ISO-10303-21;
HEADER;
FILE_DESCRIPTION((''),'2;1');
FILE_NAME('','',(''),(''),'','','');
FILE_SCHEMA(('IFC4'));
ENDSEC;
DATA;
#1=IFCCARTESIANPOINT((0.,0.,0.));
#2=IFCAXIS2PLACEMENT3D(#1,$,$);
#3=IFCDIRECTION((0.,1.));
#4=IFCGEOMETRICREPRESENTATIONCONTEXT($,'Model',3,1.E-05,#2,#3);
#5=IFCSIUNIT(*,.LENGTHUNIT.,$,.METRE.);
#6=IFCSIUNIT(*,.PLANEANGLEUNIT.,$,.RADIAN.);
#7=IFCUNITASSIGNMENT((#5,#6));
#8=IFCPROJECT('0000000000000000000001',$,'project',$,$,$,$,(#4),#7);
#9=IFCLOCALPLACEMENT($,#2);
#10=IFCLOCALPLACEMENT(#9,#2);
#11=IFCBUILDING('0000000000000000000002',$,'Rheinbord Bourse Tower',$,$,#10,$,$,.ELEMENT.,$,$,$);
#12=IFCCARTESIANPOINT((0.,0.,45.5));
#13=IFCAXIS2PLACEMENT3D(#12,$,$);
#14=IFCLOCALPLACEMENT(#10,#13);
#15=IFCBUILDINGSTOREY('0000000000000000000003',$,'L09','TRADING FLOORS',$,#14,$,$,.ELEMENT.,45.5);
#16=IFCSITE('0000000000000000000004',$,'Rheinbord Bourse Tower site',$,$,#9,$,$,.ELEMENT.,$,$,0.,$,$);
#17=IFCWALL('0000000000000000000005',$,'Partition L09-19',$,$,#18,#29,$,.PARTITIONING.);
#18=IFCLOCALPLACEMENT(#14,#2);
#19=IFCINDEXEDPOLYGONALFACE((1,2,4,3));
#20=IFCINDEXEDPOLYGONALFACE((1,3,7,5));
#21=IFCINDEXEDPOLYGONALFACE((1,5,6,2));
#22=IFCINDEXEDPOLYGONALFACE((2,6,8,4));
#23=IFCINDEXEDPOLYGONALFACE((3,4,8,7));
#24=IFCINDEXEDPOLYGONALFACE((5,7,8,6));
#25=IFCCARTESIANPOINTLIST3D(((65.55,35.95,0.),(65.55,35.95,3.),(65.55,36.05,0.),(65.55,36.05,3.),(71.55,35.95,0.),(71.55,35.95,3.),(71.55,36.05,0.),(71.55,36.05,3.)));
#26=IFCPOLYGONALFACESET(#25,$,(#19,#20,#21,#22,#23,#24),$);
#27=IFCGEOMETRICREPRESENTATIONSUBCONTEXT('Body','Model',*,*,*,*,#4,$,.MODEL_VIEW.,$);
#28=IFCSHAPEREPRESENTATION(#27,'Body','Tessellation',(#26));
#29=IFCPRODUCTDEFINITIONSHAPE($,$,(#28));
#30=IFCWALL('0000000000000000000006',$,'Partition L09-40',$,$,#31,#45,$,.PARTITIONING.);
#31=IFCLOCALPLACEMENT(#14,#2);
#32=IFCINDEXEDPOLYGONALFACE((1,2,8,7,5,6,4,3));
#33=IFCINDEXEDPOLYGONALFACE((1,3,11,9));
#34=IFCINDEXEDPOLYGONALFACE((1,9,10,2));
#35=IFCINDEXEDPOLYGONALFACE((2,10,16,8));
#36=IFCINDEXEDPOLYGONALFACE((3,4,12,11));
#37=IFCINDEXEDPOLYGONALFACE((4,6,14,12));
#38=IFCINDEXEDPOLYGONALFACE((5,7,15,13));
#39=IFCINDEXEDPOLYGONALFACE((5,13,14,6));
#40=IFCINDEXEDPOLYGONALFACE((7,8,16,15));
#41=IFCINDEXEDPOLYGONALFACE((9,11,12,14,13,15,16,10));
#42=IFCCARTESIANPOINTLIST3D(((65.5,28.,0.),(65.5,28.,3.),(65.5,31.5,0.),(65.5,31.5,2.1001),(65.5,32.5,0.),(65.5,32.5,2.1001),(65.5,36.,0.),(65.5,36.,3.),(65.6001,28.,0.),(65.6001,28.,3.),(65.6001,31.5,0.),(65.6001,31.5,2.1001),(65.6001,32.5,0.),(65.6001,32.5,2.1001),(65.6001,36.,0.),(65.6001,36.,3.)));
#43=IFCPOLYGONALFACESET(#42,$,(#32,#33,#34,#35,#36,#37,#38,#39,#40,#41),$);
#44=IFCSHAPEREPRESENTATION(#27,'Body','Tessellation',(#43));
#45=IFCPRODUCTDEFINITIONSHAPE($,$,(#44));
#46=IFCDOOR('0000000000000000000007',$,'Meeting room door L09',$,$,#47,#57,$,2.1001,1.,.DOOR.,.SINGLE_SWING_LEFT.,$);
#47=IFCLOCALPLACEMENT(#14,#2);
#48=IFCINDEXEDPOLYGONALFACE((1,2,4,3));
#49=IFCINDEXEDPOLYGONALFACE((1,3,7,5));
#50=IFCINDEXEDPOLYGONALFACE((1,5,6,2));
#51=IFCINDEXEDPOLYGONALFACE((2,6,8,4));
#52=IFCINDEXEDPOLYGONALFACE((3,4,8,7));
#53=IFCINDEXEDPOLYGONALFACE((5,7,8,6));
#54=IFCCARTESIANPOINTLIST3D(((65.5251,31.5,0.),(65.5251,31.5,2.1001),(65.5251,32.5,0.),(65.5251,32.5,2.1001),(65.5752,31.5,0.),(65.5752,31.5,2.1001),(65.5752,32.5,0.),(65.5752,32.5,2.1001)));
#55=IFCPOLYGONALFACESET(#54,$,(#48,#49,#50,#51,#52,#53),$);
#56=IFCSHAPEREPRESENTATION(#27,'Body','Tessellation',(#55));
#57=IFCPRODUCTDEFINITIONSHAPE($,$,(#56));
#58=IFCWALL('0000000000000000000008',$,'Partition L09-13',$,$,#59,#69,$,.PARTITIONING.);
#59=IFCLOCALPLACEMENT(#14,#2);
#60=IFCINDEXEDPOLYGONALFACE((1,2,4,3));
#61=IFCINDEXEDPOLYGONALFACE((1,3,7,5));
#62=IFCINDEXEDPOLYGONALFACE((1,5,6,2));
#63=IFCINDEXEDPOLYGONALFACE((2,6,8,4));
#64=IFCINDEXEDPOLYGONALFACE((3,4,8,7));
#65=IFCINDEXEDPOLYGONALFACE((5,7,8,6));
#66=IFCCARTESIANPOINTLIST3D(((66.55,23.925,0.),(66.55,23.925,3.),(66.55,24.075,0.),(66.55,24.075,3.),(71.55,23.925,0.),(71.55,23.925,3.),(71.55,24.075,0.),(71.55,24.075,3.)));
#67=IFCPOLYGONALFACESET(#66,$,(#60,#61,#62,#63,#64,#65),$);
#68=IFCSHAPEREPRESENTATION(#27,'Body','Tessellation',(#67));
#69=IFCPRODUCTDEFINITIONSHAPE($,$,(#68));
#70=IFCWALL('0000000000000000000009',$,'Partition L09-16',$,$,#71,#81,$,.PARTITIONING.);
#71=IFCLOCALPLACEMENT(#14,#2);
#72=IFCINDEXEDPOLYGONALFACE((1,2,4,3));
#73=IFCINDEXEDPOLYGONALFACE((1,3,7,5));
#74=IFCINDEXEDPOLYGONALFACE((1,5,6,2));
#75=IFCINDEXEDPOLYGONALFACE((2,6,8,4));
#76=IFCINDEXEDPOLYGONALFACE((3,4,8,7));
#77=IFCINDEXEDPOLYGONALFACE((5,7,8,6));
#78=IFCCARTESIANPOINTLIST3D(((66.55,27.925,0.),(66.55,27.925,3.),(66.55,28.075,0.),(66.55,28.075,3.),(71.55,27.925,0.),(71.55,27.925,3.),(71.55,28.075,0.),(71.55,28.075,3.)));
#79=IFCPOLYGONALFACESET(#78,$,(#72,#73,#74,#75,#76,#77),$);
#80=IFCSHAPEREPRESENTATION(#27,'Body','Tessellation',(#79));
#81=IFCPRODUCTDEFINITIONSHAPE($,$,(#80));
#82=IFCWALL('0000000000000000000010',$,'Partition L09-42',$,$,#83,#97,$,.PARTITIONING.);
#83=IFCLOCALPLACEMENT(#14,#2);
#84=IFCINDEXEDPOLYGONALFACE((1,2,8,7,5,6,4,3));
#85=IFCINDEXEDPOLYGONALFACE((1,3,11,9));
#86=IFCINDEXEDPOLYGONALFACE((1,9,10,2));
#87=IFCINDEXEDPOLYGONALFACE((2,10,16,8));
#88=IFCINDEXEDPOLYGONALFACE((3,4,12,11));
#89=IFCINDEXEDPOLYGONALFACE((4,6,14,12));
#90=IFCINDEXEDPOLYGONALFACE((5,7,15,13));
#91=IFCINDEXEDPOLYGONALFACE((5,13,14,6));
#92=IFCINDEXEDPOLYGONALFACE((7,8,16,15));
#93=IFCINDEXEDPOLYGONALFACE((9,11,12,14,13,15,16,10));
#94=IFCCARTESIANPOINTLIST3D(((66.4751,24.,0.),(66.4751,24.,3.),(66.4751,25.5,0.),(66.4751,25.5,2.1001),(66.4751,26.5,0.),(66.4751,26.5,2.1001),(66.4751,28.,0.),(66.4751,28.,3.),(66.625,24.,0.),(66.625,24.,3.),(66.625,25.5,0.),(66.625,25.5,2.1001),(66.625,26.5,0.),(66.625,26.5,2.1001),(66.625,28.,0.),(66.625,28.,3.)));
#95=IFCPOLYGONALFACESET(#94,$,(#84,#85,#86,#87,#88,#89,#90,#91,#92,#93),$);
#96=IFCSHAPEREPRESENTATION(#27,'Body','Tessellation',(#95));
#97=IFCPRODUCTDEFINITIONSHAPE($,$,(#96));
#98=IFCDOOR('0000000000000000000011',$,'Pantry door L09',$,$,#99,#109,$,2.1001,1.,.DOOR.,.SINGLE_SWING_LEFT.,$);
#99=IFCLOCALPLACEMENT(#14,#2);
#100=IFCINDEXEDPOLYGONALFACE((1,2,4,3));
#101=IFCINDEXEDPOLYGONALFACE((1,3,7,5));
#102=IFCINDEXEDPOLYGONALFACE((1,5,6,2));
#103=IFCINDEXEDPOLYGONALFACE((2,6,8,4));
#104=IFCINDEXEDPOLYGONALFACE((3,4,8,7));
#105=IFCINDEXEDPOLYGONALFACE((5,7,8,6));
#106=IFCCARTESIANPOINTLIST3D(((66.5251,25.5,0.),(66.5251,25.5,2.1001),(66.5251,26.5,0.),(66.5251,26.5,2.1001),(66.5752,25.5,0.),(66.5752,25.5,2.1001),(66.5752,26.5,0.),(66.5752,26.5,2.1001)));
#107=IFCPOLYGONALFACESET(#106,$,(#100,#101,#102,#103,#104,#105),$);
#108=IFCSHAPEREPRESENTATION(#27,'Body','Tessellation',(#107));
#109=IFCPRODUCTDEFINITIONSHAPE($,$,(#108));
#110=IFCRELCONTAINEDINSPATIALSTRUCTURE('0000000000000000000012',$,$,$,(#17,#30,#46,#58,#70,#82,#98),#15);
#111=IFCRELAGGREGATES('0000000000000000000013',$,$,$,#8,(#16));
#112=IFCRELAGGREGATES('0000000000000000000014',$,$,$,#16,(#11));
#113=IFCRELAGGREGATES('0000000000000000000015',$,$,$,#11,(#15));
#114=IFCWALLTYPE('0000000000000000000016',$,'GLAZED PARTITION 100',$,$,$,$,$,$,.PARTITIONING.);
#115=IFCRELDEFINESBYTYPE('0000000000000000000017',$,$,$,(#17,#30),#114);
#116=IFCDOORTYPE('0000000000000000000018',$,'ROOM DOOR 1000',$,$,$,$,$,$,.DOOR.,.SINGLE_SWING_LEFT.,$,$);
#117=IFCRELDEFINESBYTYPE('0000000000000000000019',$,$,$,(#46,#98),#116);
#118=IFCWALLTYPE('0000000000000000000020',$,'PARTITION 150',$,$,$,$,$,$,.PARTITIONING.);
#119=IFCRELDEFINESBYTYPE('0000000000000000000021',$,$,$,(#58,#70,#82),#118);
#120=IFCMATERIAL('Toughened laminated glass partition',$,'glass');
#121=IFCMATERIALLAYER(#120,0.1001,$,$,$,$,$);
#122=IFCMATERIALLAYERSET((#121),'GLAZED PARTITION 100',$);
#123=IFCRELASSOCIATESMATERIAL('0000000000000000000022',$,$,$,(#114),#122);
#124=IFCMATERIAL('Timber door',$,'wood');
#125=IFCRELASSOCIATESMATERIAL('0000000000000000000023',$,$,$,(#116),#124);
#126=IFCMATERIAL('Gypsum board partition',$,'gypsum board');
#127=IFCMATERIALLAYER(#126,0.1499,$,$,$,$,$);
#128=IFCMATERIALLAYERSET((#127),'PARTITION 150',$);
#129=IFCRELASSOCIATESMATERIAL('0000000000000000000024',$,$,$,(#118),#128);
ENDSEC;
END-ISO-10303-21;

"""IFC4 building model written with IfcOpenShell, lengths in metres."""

from ifc_helpers import new_model, si_unit, direction, frame, frame_2d, origin, place, context, subcontext, project, spatial, rectangle, extrude, material, layer, layer_set, type_object, element, fill, save


model = new_model("IFC4")

# Units and contexts
model_context = context("Model", 3, precision=1e-05, world=origin(), true_north=direction((0.0, 1.0)))
body_context = subcontext(model_context, "Body", "Model", "MODEL_VIEW")
ifc_project = project(units=[si_unit("LENGTHUNIT", "METRE"), si_unit("PLANEANGLEUNIT", "RADIAN")], contexts=[model_context])

# Site, building, storey
site_placement = place(None, origin())
site = spatial("IfcSite", under=ifc_project, at=site_placement, Name="Rheinbord Bourse Tower site", CompositionType="ELEMENT", RefElevation=0.0)
building_placement = place(site_placement, origin())
building = spatial("IfcBuilding", under=site, at=building_placement, Name="Rheinbord Bourse Tower", CompositionType="ELEMENT")
storey_placement = place(building_placement, frame((0.0, 0.0, 45.5)))
storey = spatial("IfcBuildingStorey", under=building, at=storey_placement, Name="L09", Description="TRADING FLOORS", CompositionType="ELEMENT", Elevation=45.5)

# Wall
ifc_material_1 = material(Name="Toughened laminated glass partition", Category="glass")
ifc_layer_1 = layer(ifc_material_1, 0.1001)
ifc_layer_set_1 = layer_set([ifc_layer_1], Name="GLAZED PARTITION 100")
wall_type_1 = type_object("IfcWallType", Name="GLAZED PARTITION 100", PredefinedType="PARTITIONING", material=ifc_layer_set_1)
wall_1_placement = place(storey_placement, frame((65.55, 36.0, 0.0), z_axis=(0.0, 0.0, 1.0), x_axis=(1.0, 0.0, 0.0)))
element("IfcWall", 1, at=wall_1_placement, inside=storey, type_object=wall_type_1, Name="Partition L09-19", PredefinedType="PARTITIONING", context=body_context, shape_type="SweptSolid", body=[
    extrude(rectangle(XDim=6.0, YDim=0.1001, at=frame_2d((3.0, 0.0))), origin(), (0.0, 0.0, 1.0), 3.0),
])

# Wall, opening, door
wall_2_placement = place(storey_placement, frame((65.55, 28.0, 0.0), z_axis=(0.0, 0.0, 1.0), x_axis=(0.0, 1.0, 0.0)))
wall_2 = element("IfcWall", 2, at=wall_2_placement, inside=storey, type_object=wall_type_1, Name="Partition L09-40", PredefinedType="PARTITIONING", context=body_context, shape_type="SweptSolid", body=[
    extrude(rectangle(XDim=8.0, YDim=0.1001, at=frame_2d((4.0, 0.0))), origin(), (0.0, 0.0, 1.0), 3.0),
])
opening_1_placement = place(wall_2_placement, frame((3.5, 0.0, 0.0)))
opening_1 = element("IfcOpeningElement", 3, at=opening_1_placement, cuts=wall_2, PredefinedType="OPENING", context=body_context, shape_type="SweptSolid", body=[
    extrude(rectangle(XDim=1.0, YDim=2.1001, at=frame_2d((0.5, 1.05))), frame((0.0, 0.0601, 0.0), z_axis=(0.0, -1.0, 0.0), x_axis=(1.0, 0.0, 0.0)), (0.0, 0.0, 1.0), 0.1201),
])
ifc_material_2 = material(Name="Timber door", Category="wood")
door_type = type_object("IfcDoorType", Name="ROOM DOOR 1000", OperationType="SINGLE_SWING_LEFT", PredefinedType="DOOR", material=ifc_material_2)
door_1_placement = place(opening_1_placement, origin())
door_1 = element("IfcDoor", 4, at=door_1_placement, inside=storey, type_object=door_type, Name="Meeting room door L09", OperationType="SINGLE_SWING_LEFT", OverallHeight=2.1001, OverallWidth=1.0, PredefinedType="DOOR", context=body_context, shape_type="SweptSolid", body=[
    extrude(rectangle(XDim=1.0, YDim=2.1001, at=frame_2d((0.5, 1.05))), frame((0.0, 0.0249, 0.0), z_axis=(0.0, -1.0, 0.0), x_axis=(1.0, 0.0, 0.0)), (0.0, 0.0, 1.0), 0.05),
])
fill(opening_1, door_1)

# Walls
ifc_material_3 = material(Name="Gypsum board partition", Category="gypsum board")
ifc_layer_2 = layer(ifc_material_3, 0.1499)
ifc_layer_set_2 = layer_set([ifc_layer_2], Name="PARTITION 150")
wall_type_2 = type_object("IfcWallType", Name="PARTITION 150", PredefinedType="PARTITIONING", material=ifc_layer_set_2)
for number, where, z_axis, x_axis, name in (
    (5, (66.55, 24.0, 0.0), (0.0, 0.0, 1.0), (1.0, 0.0, 0.0), "Partition L09-13"),
    (6, (66.55, 28.0, 0.0), (0.0, 0.0, 1.0), (1.0, 0.0, 0.0), "Partition L09-16"),
):
    element("IfcWall", number, at=place(storey_placement, frame(where, z_axis=z_axis, x_axis=x_axis)), inside=storey, type_object=wall_type_2, Name=name, PredefinedType="PARTITIONING", context=body_context, shape_type="SweptSolid", body=[
        extrude(rectangle(XDim=5.0, YDim=0.1499, at=frame_2d((2.5, 0.0))), origin(), (0.0, 0.0, 1.0), 3.0),
    ])

# Wall, opening, door
wall_3_placement = place(storey_placement, frame((66.55, 24.0, 0.0), z_axis=(0.0, 0.0, 1.0), x_axis=(0.0, 1.0, 0.0)))
wall_3 = element("IfcWall", 7, at=wall_3_placement, inside=storey, type_object=wall_type_2, Name="Partition L09-42", PredefinedType="PARTITIONING", context=body_context, shape_type="SweptSolid", body=[
    extrude(rectangle(XDim=4.0, YDim=0.1499, at=frame_2d((2.0, 0.0))), origin(), (0.0, 0.0, 1.0), 3.0),
])
opening_2_placement = place(wall_3_placement, frame((1.5, 0.0, 0.0)))
opening_2 = element("IfcOpeningElement", 8, at=opening_2_placement, cuts=wall_3, PredefinedType="OPENING", context=body_context, shape_type="SweptSolid", body=[
    extrude(rectangle(XDim=1.0, YDim=2.1001, at=frame_2d((0.5, 1.05))), frame((0.0, 0.085, 0.0), z_axis=(0.0, -1.0, 0.0), x_axis=(1.0, 0.0, 0.0)), (0.0, 0.0, 1.0), 0.1699),
])
door_2_placement = place(opening_2_placement, origin())
door_2 = element("IfcDoor", 9, at=door_2_placement, inside=storey, type_object=door_type, Name="Pantry door L09", OperationType="SINGLE_SWING_LEFT", OverallHeight=2.1001, OverallWidth=1.0, PredefinedType="DOOR", context=body_context, shape_type="SweptSolid", body=[
    extrude(rectangle(XDim=1.0, YDim=2.1001, at=frame_2d((0.5, 1.05))), frame((0.0, 0.0249, 0.0), z_axis=(0.0, -1.0, 0.0), x_axis=(1.0, 0.0, 0.0)), (0.0, 0.0, 1.0), 0.05),
])
fill(opening_2, door_2)

save(model, "model.ifc")
